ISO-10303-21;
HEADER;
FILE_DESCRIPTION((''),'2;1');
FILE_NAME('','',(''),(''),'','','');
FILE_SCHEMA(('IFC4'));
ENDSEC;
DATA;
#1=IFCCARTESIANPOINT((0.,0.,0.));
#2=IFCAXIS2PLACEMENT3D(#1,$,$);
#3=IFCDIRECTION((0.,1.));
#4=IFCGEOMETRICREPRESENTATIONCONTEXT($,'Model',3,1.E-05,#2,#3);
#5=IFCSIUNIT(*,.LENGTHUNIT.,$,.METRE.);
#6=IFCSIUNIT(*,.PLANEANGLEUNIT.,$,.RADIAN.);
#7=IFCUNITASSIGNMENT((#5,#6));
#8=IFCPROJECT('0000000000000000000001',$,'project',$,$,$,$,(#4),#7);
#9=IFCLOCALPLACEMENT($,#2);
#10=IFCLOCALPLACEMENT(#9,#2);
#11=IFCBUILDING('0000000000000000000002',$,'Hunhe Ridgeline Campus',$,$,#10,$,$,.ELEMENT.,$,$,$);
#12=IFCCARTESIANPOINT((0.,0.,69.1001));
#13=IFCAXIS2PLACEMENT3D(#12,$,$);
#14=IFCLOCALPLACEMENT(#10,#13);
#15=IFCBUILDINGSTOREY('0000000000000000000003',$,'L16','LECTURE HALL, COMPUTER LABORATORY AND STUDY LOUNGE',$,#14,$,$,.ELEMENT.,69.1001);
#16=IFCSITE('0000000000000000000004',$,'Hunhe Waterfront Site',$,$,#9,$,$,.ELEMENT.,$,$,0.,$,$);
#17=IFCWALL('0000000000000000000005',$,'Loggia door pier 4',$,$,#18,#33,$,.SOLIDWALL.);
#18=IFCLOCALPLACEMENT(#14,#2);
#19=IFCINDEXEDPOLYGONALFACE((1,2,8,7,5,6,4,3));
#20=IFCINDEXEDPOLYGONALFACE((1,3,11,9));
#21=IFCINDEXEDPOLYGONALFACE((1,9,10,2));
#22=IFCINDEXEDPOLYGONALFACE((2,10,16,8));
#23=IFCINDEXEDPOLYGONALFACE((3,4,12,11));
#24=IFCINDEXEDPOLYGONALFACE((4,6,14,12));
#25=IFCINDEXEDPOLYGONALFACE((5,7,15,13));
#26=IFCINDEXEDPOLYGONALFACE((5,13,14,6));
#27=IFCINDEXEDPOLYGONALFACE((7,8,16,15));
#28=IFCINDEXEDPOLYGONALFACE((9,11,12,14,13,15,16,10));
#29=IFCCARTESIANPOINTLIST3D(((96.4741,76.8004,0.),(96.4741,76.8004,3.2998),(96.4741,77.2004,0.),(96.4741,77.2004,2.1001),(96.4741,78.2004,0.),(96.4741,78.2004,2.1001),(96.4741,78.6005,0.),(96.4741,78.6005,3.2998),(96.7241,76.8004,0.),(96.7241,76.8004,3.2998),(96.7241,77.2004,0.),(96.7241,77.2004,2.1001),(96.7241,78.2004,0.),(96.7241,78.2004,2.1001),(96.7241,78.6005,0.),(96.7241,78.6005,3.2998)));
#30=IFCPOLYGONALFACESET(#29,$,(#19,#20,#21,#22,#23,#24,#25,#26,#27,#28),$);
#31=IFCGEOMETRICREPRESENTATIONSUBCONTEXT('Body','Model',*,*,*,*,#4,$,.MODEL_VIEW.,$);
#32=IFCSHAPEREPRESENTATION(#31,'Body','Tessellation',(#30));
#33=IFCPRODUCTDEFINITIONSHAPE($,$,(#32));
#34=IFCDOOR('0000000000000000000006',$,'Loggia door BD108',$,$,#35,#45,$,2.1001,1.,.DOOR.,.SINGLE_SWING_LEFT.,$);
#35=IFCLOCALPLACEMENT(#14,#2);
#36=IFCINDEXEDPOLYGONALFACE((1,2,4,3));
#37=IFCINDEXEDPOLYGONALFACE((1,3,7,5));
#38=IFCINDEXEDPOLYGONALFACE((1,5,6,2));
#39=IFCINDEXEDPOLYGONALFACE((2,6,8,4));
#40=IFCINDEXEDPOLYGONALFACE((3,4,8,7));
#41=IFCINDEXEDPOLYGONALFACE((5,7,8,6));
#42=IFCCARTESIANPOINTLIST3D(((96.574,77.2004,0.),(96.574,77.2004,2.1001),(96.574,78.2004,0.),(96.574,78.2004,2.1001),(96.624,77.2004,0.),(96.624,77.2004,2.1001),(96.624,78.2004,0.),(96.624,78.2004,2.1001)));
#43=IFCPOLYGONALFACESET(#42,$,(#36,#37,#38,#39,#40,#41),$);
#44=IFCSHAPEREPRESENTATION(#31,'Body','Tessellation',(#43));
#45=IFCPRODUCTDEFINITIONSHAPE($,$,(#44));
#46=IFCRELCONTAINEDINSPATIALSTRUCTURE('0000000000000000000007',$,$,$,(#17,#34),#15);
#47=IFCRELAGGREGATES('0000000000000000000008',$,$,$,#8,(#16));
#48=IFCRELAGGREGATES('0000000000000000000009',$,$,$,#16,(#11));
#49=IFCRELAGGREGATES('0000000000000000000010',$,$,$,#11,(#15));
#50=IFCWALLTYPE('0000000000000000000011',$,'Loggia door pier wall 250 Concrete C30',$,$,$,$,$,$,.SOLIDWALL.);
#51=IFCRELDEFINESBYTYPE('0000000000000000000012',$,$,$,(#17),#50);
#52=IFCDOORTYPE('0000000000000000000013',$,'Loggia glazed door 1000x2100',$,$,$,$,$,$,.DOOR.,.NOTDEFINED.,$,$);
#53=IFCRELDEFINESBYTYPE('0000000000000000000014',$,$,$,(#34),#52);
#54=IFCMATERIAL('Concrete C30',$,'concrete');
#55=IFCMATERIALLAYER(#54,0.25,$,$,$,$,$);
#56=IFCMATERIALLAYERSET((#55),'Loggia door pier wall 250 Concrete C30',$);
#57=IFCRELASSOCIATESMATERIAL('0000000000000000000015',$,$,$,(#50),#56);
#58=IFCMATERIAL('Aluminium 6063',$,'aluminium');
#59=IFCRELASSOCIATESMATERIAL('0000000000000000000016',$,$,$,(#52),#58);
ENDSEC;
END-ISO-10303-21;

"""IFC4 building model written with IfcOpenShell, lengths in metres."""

from ifc_helpers import new_model, si_unit, direction, frame, frame_2d, origin, place, context, subcontext, project, spatial, rectangle, extrude, material, layer, layer_set, type_object, element, fill, save


model = new_model("IFC4")

# Units and contexts
model_context = context("Model", 3, precision=1e-05, world=origin(), true_north=direction((0.0, 1.0)))
body_context = subcontext(model_context, "Body", "Model", "MODEL_VIEW")
ifc_project = project(units=[si_unit("LENGTHUNIT", "METRE"), si_unit("PLANEANGLEUNIT", "RADIAN")], contexts=[model_context])

# Site, building, storey
site_placement = place(None, origin())
site = spatial("IfcSite", under=ifc_project, at=site_placement, Name="Hunhe Waterfront Site", CompositionType="ELEMENT", RefElevation=0.0)
building_placement = place(site_placement, origin())
building = spatial("IfcBuilding", under=site, at=building_placement, Name="Hunhe Ridgeline Campus", CompositionType="ELEMENT")
storey_placement = place(building_placement, frame((0.0, 0.0, 69.1001)))
storey = spatial("IfcBuildingStorey", under=building, at=storey_placement, Name="L16", Description="LECTURE HALL, COMPUTER LABORATORY AND STUDY LOUNGE", CompositionType="ELEMENT", Elevation=69.1001)

# Shared definitions
ifc_material_1 = material(Name="Aluminium 6063", Category="aluminium")

# Wall, opening, door
ifc_material_2 = material(Name="Concrete C30", Category="concrete")
ifc_layer_1 = layer(ifc_material_2, 0.25)
ifc_layer_set_1 = layer_set([ifc_layer_1], Name="Loggia door pier wall 250 Concrete C30")
wall_type_1 = type_object("IfcWallType", Name="Loggia door pier wall 250 Concrete C30", PredefinedType="SOLIDWALL", material=ifc_layer_set_1)
wall_1_placement = place(storey_placement, frame((96.5991, 76.8005, 0.0), z_axis=(0.0, 0.0, 1.0), x_axis=(0.0, 1.0, 0.0)))
wall_1 = element("IfcWall", 1, at=wall_1_placement, inside=storey, type_object=wall_type_1, Name="Loggia door pier 4", PredefinedType="SOLIDWALL", context=body_context, shape_type="SweptSolid", body=[
    extrude(rectangle(XDim=1.8, YDim=0.25, at=frame_2d((0.8999, 0.0))), origin(), (0.0, 0.0, 1.0), 3.2998),
])
opening_1_placement = place(wall_1_placement, frame((0.3999, 0.0, 0.0)))
opening_1 = element("IfcOpeningElement", 2, at=opening_1_placement, cuts=wall_1, PredefinedType="OPENING", context=body_context, shape_type="SweptSolid", body=[
    extrude(rectangle(XDim=1.0, YDim=2.1001, at=frame_2d((0.5, 1.05))), frame((0.0, 0.125, 0.0), z_axis=(0.0, -1.0, 0.0), x_axis=(1.0, 0.0, 0.0)), (0.0, 0.0, 1.0), 0.25),
])
door_type_1 = type_object("IfcDoorType", Name="Loggia glazed door 1000x2100", OperationType="NOTDEFINED", PredefinedType="DOOR", material=ifc_material_1)
door_1_placement = place(opening_1_placement, frame((1.0, 0.0, 0.0), z_axis=(0.0, 0.0, 1.0), x_axis=(-1.0, 0.0, 0.0)))
door_1 = element("IfcDoor", 3, at=door_1_placement, inside=storey, type_object=door_type_1, Name="Loggia door BD108", OperationType="SINGLE_SWING_LEFT", OverallHeight=2.1001, OverallWidth=1.0, PredefinedType="DOOR", context=body_context, shape_type="SweptSolid", body=[
    extrude(rectangle(XDim=1.0, YDim=2.1001, at=frame_2d((0.5, 1.05))), frame((0.0, 0.0249, 0.0), z_axis=(0.0, -1.0, 0.0), x_axis=(1.0, 0.0, 0.0)), (0.0, 0.0, 1.0), 0.05),
])
fill(opening_1, door_1)

save(model, "model.ifc")
